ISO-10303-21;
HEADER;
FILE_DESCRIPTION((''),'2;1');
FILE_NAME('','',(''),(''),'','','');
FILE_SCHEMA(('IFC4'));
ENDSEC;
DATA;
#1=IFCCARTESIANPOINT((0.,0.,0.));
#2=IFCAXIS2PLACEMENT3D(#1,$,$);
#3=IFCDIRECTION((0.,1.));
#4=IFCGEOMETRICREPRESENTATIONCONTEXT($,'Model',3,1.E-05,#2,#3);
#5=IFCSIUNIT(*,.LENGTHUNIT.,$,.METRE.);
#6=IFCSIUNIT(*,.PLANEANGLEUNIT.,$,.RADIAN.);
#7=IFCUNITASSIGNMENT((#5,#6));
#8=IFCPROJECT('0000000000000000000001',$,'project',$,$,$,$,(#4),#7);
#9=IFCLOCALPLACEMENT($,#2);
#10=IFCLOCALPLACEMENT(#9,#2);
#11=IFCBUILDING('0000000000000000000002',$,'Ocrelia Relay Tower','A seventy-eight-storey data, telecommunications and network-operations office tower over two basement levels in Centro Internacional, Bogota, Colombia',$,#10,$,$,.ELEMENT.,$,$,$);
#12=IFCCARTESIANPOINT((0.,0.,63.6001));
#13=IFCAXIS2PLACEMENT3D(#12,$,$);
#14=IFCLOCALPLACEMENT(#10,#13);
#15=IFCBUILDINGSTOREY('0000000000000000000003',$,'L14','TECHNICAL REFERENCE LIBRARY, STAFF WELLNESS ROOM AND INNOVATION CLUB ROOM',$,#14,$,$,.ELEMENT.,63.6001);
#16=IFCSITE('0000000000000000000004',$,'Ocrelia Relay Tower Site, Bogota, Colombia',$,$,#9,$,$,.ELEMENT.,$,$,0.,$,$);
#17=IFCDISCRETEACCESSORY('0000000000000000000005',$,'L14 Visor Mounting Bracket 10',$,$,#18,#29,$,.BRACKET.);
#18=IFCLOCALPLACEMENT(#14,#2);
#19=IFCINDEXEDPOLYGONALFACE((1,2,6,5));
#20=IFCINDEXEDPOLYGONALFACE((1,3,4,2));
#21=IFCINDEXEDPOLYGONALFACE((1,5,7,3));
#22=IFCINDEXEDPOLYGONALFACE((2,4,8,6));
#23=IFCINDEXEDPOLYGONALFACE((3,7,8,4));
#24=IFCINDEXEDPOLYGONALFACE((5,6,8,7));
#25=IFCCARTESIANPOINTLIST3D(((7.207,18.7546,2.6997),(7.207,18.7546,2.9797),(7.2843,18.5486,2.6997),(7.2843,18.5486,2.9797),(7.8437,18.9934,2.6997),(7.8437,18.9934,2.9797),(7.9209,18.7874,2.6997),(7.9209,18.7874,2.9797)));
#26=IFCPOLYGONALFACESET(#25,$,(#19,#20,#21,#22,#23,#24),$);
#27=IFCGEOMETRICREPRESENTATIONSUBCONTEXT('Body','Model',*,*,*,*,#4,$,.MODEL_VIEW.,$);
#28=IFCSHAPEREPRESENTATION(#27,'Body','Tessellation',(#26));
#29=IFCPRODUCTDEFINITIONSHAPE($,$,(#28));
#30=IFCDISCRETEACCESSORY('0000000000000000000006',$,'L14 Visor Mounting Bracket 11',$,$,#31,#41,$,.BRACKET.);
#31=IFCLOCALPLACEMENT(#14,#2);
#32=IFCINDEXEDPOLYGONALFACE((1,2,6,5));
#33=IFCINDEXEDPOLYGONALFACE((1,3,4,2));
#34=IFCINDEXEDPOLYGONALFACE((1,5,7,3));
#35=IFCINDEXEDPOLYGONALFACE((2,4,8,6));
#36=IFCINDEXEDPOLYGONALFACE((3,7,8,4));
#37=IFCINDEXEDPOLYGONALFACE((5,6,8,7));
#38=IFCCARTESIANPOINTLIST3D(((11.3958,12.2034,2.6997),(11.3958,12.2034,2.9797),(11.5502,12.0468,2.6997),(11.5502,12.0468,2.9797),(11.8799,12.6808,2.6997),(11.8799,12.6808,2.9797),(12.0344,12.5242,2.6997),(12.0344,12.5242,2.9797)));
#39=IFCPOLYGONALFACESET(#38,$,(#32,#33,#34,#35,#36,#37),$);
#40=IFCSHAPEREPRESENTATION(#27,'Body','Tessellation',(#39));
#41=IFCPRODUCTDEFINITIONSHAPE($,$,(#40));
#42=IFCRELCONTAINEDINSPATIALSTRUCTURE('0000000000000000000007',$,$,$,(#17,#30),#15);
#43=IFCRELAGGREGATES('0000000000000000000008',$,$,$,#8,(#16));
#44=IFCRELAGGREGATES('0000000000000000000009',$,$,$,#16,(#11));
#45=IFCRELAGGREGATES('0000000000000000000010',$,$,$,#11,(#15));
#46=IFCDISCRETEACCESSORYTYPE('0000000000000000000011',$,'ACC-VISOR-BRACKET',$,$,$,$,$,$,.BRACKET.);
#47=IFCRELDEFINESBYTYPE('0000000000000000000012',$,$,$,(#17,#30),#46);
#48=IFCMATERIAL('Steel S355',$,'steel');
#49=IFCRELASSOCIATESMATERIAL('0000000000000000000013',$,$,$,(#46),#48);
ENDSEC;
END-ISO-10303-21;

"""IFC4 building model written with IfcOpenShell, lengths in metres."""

from ifc_helpers import new_model, si_unit, direction, frame, origin, origin_2d, place, context, subcontext, project, spatial, rectangle, extrude, material, type_object, element, save


model = new_model("IFC4")

# Units and contexts
model_context = context("Model", 3, precision=1e-05, world=origin(), true_north=direction((0.0, 1.0)))
body_context = subcontext(model_context, "Body", "Model", "MODEL_VIEW")
ifc_project = project(units=[si_unit("LENGTHUNIT", "METRE"), si_unit("PLANEANGLEUNIT", "RADIAN")], contexts=[model_context])

# Site, building, storey
site_placement = place(None, origin())
site = spatial("IfcSite", under=ifc_project, at=site_placement, Name="Ocrelia Relay Tower Site, Bogota, Colombia", CompositionType="ELEMENT", RefElevation=0.0)
building_placement = place(site_placement, origin())
building = spatial("IfcBuilding", under=site, at=building_placement, Name="Ocrelia Relay Tower", Description="A seventy-eight-storey data, telecommunications and network-operations office tower over two basement levels in Centro Internacional, Bogota, Colombia", CompositionType="ELEMENT")
storey_placement = place(building_placement, frame((0.0, 0.0, 63.6001)))
storey = spatial("IfcBuildingStorey", under=building, at=storey_placement, Name="L14", Description="TECHNICAL REFERENCE LIBRARY, STAFF WELLNESS ROOM AND INNOVATION CLUB ROOM", CompositionType="ELEMENT", Elevation=63.6001)

# Discrete accessories
ifc_material_1 = material(Name="Steel S355", Category="steel")
discrete_accessory_type = type_object("IfcDiscreteAccessoryType", Name="ACC-VISOR-BRACKET", PredefinedType="BRACKET", material=ifc_material_1)
for number, where, z_axis, x_axis, name in (
    (1, (7.564, 18.771, 2.6997), (0.0, 0.0, 1.0), (0.351189, -0.936304, 0.0), "L14 Visor Mounting Bracket 10"),
    (2, (11.7151, 12.3638, 2.6997), (0.0, 0.0, 1.0), (0.702147, -0.712032, 0.0), "L14 Visor Mounting Bracket 11"),
):
    element("IfcDiscreteAccessory", number, at=place(storey_placement, frame(where, z_axis=z_axis, x_axis=x_axis)), inside=storey, type_object=discrete_accessory_type, Name=name, PredefinedType="BRACKET", context=body_context, shape_type="SweptSolid", body=[
        extrude(rectangle(XDim=0.22, YDim=0.6799, at=origin_2d()), origin(), (0.0, 0.0, 1.0), 0.28),
    ])

save(model, "model.ifc")
